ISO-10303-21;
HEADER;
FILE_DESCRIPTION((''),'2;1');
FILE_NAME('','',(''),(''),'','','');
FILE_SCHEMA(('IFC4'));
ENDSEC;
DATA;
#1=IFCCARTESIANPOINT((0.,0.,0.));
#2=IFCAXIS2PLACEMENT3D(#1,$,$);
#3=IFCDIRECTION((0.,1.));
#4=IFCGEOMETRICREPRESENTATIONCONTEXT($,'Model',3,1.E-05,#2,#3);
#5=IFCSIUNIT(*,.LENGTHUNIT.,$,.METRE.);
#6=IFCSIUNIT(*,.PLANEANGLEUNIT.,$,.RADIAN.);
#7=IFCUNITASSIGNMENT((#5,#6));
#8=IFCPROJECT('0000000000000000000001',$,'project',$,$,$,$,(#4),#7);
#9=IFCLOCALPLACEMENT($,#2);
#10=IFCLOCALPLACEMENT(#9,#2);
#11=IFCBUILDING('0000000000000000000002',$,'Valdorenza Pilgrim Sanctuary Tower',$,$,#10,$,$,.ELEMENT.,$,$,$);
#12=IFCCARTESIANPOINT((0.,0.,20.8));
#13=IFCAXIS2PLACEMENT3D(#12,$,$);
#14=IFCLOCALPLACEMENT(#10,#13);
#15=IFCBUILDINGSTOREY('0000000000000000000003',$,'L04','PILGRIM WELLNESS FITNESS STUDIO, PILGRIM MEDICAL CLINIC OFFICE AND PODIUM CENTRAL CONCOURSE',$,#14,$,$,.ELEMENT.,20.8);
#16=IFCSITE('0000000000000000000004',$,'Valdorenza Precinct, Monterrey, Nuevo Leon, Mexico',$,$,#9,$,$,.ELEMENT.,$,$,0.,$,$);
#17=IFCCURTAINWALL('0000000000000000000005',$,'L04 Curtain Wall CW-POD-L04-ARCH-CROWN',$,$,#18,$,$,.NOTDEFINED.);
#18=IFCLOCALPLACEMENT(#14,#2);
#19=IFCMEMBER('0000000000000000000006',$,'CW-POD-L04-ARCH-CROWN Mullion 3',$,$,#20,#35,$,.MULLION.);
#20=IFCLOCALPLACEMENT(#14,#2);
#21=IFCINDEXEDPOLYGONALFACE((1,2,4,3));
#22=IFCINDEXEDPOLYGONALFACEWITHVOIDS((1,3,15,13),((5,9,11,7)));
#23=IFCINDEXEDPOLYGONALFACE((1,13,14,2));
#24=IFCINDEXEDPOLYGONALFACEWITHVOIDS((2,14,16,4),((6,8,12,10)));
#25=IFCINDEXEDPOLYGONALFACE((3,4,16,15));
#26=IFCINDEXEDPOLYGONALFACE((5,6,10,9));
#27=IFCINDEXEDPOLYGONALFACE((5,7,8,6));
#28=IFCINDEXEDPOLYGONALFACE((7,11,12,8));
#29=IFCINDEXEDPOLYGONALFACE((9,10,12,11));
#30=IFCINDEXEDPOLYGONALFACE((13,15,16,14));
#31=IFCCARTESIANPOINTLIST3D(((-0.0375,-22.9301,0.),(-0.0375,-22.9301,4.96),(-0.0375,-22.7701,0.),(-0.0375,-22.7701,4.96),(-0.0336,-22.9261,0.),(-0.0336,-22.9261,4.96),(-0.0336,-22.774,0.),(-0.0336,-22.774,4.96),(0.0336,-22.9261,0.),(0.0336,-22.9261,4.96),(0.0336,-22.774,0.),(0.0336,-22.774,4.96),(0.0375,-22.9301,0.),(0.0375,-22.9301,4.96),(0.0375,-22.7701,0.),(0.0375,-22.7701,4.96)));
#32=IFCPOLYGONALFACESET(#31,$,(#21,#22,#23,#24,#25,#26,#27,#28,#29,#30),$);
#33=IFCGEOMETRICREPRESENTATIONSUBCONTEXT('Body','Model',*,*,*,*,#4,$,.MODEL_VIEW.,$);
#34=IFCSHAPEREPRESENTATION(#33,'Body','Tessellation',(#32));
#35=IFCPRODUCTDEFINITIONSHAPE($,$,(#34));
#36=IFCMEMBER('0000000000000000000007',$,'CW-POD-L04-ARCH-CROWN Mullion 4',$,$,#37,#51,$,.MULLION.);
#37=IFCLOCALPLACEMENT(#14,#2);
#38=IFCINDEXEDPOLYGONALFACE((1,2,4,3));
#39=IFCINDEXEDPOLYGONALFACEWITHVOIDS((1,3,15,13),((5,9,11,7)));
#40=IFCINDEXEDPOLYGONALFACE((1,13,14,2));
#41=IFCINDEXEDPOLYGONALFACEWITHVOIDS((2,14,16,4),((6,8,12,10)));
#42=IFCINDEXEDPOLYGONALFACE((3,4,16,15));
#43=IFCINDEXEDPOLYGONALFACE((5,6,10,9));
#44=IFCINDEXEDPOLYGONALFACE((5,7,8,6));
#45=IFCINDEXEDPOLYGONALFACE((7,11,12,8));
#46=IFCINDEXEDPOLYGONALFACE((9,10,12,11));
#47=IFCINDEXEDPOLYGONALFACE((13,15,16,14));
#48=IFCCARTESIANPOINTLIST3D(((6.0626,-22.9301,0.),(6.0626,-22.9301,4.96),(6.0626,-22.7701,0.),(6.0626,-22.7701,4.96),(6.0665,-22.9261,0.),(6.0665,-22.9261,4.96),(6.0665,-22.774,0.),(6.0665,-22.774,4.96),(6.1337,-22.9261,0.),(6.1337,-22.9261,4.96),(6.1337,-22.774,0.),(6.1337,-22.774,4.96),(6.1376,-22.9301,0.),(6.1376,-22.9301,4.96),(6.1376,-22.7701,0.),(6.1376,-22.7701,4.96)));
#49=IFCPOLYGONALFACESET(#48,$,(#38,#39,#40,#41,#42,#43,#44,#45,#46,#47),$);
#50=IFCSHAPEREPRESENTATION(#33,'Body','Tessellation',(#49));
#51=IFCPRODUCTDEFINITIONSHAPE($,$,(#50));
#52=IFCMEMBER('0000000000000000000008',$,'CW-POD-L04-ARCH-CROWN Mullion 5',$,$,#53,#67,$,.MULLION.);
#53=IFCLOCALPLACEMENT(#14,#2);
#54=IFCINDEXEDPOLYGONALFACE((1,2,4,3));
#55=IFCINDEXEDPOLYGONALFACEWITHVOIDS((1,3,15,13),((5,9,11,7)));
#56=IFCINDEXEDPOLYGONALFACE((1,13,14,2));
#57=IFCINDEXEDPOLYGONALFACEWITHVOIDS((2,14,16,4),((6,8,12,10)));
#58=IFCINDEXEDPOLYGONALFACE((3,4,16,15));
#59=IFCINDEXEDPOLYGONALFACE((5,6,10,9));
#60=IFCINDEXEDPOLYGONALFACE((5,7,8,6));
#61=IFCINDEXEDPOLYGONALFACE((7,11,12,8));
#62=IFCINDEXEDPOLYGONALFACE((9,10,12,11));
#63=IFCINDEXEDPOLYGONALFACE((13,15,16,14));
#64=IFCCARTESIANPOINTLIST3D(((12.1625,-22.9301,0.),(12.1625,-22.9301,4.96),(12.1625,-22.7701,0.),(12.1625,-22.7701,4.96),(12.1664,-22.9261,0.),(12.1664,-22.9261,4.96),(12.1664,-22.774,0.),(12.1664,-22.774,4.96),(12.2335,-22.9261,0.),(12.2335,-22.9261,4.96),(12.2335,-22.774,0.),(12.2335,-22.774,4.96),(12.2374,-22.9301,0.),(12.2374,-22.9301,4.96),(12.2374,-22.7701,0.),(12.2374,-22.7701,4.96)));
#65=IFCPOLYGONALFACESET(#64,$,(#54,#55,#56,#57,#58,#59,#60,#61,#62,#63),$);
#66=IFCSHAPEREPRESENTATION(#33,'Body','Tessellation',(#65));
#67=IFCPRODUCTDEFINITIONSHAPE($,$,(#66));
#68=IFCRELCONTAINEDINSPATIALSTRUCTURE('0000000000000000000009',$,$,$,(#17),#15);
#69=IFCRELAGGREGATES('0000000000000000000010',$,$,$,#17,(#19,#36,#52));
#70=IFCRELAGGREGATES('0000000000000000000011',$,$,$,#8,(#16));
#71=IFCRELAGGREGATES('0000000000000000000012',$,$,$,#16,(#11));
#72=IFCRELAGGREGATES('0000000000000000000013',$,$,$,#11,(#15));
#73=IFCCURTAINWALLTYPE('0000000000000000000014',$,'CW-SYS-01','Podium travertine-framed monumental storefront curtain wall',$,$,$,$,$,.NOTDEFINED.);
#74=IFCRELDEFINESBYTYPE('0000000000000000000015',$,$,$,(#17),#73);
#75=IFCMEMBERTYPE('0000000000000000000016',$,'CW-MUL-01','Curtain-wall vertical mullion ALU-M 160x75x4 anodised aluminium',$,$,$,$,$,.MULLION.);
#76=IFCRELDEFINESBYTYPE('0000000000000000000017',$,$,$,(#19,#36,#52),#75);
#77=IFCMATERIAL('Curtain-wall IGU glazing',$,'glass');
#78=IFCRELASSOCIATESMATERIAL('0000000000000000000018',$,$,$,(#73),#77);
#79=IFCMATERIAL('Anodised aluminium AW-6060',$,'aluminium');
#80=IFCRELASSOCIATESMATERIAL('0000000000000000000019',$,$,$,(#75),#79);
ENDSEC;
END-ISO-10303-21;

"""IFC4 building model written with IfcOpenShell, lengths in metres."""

from ifc_helpers import new_model, si_unit, direction, frame, origin, origin_2d, place, context, subcontext, project, spatial, hollow_rectangle, extrude, source, transform, mapped, material, material_profile, profile_set, type_object, element, aggregate, save


model = new_model("IFC4")

# Units and contexts
model_context = context("Model", 3, precision=1e-05, world=origin(), true_north=direction((0.0, 1.0)))
body_context = subcontext(model_context, "Body", "Model", "MODEL_VIEW")
ifc_project = project(units=[si_unit("LENGTHUNIT", "METRE"), si_unit("PLANEANGLEUNIT", "RADIAN")], contexts=[model_context])

# Site, building, storey
site_placement = place(None, origin())
site = spatial("IfcSite", under=ifc_project, at=site_placement, Name="Valdorenza Precinct, Monterrey, Nuevo Leon, Mexico", CompositionType="ELEMENT", RefElevation=0.0)
building_placement = place(site_placement, origin())
building = spatial("IfcBuilding", under=site, at=building_placement, Name="Valdorenza Pilgrim Sanctuary Tower", CompositionType="ELEMENT")
storey_placement = place(building_placement, frame((0.0, 0.0, 20.8)))
storey = spatial("IfcBuildingStorey", under=building, at=storey_placement, Name="L04", Description="PILGRIM WELLNESS FITNESS STUDIO, PILGRIM MEDICAL CLINIC OFFICE AND PODIUM CENTRAL CONCOURSE", CompositionType="ELEMENT", Elevation=20.8)

# Curtain wall, members
ifc_material_1 = material(Name="Curtain-wall IGU glazing", Category="glass")
curtain_wall_type = type_object("IfcCurtainWallType", Name="CW-SYS-01", Description="Podium travertine-framed monumental storefront curtain wall", PredefinedType="NOTDEFINED", material=ifc_material_1)
curtain_wall_placement = place(storey_placement, origin())
curtain_wall = element("IfcCurtainWall", 1, at=curtain_wall_placement, inside=storey, type_object=curtain_wall_type, Name="L04 Curtain Wall CW-POD-L04-ARCH-CROWN", PredefinedType="NOTDEFINED")
ifc_material_2 = material(Name="Anodised aluminium AW-6060", Category="aluminium")
ifc_material_profile_1 = material_profile(ifc_material_2, hollow_rectangle(XDim=0.075, YDim=0.1599, WallThickness=0.0039, at=origin_2d()), Name="ALU-M 160x75x4")
ifc_profile_set_1 = profile_set([ifc_material_profile_1], Name="Anodised aluminium AW-6060")
member_type = type_object("IfcMemberType", Name="CW-MUL-01", Description="Curtain-wall vertical mullion ALU-M 160x75x4 anodised aluminium", PredefinedType="MULLION", material=ifc_profile_set_1)
shared_shape_1 = source(origin(), body_context, "Body", "SweptSolid", [
    extrude(hollow_rectangle(XDim=0.075, YDim=0.1599, WallThickness=0.0039, at=origin_2d()), origin(), (0.0, 0.0, 1.0), 4.96),
])
member_1_placement = place(storey_placement, frame((0.0, -22.8501, 0.0), z_axis=(0.0, 0.0, 1.0), x_axis=(1.0, 0.0, 0.0)))
member_1 = element("IfcMember", 2, at=member_1_placement, type_object=member_type, Name="CW-POD-L04-ARCH-CROWN Mullion 3", PredefinedType="MULLION", context=body_context, shape_type="MappedRepresentation", body=[
    mapped(shared_shape_1, transform((0.0, 0.0, 0.0), x_axis=(1.0, 0.0, 0.0), y_axis=(0.0, 1.0, 0.0), z_axis=(0.0, 0.0, 1.0), scale=1.0)),
])
member_2_placement = place(storey_placement, frame((6.1001, -22.8501, 0.0), z_axis=(0.0, 0.0, 1.0), x_axis=(1.0, 0.0, 0.0)))
member_2 = element("IfcMember", 3, at=member_2_placement, type_object=member_type, Name="CW-POD-L04-ARCH-CROWN Mullion 4", PredefinedType="MULLION", context=body_context, shape_type="MappedRepresentation", body=[
    mapped(shared_shape_1, transform((0.0, 0.0, 0.0), x_axis=(1.0, 0.0, 0.0), y_axis=(0.0, 1.0, 0.0), z_axis=(0.0, 0.0, 1.0), scale=1.0)),
])
member_3_placement = place(storey_placement, frame((12.2, -22.8501, 0.0), z_axis=(0.0, 0.0, 1.0), x_axis=(1.0, 0.0, 0.0)))
member_3 = element("IfcMember", 4, at=member_3_placement, type_object=member_type, Name="CW-POD-L04-ARCH-CROWN Mullion 5", PredefinedType="MULLION", context=body_context, shape_type="MappedRepresentation", body=[
    mapped(shared_shape_1, transform((0.0, 0.0, 0.0), x_axis=(1.0, 0.0, 0.0), y_axis=(0.0, 1.0, 0.0), z_axis=(0.0, 0.0, 1.0), scale=1.0)),
])

aggregate(curtain_wall, [member_1, member_2, member_3])

save(model, "model.ifc")
